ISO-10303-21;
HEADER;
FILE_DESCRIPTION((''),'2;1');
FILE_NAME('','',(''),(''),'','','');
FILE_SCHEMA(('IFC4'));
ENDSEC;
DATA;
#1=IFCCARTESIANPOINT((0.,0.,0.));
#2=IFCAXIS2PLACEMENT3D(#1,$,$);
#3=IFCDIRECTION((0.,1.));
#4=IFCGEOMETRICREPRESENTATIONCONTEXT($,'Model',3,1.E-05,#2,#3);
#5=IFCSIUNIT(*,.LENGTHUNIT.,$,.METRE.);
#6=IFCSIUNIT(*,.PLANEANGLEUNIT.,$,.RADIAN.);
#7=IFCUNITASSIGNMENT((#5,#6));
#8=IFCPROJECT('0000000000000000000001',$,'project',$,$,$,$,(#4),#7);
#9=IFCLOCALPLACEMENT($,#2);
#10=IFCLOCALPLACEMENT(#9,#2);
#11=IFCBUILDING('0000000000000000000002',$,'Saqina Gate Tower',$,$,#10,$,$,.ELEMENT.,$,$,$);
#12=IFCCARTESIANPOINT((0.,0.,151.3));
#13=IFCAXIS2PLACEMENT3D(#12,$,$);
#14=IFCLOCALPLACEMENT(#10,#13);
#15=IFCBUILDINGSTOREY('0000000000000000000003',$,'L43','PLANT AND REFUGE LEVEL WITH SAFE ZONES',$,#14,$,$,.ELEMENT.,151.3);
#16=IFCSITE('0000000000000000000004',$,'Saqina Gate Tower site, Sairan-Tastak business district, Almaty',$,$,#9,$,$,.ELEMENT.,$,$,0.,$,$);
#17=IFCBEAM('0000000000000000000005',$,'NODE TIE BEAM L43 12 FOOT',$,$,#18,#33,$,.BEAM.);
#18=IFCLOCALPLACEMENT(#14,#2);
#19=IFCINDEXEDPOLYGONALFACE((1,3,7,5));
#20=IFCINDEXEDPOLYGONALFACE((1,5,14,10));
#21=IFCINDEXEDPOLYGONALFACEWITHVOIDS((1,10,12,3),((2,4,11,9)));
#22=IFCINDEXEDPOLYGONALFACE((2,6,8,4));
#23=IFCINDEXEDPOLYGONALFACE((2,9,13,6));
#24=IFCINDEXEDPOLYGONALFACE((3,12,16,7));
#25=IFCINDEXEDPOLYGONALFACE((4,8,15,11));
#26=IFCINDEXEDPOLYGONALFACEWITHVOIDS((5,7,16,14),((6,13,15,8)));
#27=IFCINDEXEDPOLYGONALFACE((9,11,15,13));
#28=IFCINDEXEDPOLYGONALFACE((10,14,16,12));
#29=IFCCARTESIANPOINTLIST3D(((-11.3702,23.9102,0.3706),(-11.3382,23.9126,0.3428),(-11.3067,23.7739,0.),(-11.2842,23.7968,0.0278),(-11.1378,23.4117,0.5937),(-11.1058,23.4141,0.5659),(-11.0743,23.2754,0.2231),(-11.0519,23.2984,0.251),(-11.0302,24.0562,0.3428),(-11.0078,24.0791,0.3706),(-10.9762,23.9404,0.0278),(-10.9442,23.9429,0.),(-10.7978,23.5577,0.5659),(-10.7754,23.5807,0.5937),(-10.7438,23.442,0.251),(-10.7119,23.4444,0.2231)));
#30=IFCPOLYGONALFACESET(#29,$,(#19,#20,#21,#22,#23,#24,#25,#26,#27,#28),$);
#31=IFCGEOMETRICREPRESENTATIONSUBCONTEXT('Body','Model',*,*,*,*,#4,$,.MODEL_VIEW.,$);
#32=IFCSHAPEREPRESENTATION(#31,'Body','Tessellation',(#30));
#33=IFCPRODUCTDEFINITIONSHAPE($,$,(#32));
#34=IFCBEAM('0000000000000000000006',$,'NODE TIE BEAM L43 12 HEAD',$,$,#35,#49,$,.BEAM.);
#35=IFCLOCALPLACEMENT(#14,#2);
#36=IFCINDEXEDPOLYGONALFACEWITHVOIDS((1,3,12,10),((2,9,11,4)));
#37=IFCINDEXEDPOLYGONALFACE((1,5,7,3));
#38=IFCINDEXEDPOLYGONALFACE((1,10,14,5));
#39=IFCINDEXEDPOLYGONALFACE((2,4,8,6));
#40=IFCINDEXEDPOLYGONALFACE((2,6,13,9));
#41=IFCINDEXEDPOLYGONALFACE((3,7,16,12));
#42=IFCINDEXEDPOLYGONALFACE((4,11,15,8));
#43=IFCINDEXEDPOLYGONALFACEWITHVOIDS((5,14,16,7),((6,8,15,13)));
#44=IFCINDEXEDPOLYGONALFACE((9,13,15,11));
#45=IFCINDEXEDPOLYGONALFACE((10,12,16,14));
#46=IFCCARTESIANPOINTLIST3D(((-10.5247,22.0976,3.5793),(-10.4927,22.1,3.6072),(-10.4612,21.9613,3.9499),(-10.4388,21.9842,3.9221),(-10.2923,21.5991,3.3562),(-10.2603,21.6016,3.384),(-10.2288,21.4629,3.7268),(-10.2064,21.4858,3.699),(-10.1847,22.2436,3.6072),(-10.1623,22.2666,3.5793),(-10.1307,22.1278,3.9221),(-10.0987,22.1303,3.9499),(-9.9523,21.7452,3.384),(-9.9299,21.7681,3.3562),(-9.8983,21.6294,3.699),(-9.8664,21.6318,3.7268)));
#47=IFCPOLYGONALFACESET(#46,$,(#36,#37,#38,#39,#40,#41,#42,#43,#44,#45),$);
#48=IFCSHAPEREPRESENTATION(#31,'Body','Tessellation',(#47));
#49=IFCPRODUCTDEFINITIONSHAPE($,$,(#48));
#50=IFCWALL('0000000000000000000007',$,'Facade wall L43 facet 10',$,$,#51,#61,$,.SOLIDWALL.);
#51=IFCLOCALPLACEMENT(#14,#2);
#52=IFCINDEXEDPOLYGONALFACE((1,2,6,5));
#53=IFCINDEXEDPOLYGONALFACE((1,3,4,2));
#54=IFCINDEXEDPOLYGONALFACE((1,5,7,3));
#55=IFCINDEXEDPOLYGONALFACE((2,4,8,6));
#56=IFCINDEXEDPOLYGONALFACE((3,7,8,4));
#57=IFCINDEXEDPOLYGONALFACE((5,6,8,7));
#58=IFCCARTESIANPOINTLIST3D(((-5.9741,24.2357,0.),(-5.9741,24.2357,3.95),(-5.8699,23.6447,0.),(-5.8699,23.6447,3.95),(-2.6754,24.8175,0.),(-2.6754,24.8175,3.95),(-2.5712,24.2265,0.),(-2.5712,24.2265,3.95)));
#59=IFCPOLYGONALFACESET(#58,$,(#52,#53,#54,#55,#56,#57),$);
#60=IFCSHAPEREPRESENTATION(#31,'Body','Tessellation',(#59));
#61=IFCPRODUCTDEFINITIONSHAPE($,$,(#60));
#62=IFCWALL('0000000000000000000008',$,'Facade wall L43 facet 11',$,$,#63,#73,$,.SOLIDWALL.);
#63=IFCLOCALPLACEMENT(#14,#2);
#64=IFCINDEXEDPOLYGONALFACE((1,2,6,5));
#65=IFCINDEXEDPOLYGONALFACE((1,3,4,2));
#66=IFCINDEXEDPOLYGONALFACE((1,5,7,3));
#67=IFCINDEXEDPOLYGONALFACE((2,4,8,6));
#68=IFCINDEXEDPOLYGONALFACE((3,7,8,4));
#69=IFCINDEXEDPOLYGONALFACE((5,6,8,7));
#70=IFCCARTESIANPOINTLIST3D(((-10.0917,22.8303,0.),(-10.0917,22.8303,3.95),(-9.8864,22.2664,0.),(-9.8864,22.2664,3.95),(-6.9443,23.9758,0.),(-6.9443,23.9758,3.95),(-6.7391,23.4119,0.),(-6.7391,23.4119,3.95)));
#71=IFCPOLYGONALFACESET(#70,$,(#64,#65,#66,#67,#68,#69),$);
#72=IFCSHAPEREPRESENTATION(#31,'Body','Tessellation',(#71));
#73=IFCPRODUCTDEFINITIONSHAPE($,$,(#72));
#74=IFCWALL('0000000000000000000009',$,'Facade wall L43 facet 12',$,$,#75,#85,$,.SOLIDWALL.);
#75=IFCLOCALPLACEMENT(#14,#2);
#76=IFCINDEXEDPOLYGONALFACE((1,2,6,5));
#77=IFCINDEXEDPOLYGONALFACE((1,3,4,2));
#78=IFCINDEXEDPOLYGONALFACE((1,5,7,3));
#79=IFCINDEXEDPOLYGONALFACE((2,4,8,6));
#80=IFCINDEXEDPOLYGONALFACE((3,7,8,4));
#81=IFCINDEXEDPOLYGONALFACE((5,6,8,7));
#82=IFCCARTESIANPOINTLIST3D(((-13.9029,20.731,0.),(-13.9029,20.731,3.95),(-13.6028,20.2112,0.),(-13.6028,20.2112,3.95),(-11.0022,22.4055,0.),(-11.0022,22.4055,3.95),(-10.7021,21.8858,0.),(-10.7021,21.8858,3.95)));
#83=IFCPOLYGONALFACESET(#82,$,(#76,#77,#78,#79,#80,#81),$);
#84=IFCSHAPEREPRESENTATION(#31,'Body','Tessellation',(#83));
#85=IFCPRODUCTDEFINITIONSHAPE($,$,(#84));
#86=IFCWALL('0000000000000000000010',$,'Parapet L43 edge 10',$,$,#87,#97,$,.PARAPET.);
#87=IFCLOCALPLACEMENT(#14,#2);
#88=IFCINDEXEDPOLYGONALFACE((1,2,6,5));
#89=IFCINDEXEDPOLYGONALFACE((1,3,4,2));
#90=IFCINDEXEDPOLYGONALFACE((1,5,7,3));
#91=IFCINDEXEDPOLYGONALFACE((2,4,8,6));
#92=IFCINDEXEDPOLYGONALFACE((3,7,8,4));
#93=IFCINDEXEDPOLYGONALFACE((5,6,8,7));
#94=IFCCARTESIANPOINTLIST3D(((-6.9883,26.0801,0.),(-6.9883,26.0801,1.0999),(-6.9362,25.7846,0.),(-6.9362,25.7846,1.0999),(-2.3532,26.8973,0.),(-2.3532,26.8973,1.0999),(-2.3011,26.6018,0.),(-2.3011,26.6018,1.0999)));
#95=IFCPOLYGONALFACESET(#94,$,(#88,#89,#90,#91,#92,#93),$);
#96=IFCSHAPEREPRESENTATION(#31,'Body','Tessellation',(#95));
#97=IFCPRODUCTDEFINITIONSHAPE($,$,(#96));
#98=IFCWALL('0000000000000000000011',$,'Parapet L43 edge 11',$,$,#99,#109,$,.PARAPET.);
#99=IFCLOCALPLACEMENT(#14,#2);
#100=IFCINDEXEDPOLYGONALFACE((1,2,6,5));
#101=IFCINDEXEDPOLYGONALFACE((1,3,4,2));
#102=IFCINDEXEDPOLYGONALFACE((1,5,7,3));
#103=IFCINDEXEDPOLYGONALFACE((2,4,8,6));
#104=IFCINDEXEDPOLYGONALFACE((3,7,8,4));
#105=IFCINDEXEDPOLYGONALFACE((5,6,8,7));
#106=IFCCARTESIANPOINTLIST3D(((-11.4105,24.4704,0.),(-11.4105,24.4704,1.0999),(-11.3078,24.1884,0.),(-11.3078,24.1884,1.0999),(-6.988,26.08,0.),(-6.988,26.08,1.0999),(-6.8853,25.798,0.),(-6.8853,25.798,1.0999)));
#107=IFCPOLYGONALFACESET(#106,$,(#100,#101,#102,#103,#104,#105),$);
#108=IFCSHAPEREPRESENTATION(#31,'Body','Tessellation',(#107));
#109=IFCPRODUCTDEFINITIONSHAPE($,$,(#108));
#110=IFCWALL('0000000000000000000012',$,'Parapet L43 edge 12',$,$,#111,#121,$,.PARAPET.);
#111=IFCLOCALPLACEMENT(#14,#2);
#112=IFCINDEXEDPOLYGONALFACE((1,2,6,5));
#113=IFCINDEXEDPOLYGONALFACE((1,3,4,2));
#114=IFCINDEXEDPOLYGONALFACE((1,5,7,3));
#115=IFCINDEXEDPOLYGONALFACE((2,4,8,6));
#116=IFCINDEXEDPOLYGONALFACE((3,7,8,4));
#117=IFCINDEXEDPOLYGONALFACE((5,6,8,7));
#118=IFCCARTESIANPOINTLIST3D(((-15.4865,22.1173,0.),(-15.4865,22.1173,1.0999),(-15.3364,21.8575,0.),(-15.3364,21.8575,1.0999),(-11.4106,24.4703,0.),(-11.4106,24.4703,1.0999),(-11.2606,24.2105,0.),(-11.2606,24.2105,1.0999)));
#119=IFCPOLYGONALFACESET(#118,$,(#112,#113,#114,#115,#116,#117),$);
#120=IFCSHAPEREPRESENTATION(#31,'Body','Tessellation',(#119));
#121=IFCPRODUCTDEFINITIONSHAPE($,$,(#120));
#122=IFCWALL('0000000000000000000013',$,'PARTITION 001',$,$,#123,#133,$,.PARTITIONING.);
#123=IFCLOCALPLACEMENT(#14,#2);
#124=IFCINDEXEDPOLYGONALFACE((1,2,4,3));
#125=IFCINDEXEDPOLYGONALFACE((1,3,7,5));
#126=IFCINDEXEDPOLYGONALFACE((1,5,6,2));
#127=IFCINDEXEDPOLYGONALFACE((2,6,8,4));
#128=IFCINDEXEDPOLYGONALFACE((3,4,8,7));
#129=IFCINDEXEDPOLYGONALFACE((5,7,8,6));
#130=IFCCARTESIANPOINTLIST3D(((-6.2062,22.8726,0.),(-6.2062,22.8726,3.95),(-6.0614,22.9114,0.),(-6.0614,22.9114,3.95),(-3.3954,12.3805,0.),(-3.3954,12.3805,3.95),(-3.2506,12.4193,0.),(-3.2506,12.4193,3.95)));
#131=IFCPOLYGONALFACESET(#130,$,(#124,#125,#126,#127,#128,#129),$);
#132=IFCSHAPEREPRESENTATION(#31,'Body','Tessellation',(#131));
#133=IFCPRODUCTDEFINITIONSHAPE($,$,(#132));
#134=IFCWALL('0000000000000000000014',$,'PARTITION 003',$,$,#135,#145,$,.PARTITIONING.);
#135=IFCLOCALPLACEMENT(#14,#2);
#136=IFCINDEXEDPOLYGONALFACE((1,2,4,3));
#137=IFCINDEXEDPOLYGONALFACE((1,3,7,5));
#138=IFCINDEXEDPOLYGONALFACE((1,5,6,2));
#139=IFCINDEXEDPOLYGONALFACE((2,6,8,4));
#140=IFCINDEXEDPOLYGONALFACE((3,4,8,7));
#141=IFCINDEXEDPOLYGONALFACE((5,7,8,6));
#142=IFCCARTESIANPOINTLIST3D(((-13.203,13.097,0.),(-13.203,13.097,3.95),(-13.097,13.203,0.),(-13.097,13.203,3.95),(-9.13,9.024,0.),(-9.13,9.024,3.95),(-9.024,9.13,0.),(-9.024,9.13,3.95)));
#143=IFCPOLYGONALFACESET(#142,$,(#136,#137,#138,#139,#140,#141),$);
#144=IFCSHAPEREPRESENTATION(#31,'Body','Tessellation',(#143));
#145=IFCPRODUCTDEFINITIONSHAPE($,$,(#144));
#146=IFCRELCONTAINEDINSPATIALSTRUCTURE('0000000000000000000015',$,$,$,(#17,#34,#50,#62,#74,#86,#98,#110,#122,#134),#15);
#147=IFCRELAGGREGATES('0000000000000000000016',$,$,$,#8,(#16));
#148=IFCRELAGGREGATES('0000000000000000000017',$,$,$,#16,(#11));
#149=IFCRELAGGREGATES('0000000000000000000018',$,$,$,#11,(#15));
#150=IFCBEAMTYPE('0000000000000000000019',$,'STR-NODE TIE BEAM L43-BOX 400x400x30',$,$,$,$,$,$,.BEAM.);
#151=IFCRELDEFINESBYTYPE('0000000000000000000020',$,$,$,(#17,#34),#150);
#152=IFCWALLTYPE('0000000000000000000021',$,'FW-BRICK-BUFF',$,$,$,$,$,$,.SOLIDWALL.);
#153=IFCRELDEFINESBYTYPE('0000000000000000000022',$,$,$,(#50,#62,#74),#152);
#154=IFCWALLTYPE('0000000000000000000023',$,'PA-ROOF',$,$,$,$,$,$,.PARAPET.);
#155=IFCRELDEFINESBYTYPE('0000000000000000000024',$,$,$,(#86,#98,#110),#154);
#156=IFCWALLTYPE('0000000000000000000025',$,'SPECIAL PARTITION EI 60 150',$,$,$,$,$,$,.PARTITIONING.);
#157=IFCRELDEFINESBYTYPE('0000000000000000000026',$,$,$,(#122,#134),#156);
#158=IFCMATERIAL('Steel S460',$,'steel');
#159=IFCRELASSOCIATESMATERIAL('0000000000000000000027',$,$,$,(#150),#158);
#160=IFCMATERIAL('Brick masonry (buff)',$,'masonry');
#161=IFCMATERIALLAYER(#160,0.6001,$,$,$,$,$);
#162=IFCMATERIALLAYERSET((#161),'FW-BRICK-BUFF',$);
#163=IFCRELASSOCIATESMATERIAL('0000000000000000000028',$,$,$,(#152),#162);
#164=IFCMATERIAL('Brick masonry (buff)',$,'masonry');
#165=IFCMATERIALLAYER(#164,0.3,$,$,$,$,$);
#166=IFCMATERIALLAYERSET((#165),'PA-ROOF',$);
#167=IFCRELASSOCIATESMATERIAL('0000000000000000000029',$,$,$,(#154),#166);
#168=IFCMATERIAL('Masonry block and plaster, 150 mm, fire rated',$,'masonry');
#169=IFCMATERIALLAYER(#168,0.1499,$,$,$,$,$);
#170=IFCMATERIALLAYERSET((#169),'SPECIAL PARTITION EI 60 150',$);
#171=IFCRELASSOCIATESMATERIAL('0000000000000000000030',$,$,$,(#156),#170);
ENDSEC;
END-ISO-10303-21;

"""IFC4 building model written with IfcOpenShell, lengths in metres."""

from ifc_helpers import new_model, si_unit, direction, frame, frame_2d, origin, origin_2d, place, context, subcontext, project, spatial, rectangle, hollow_rectangle, extrude, material, layer, layer_set, material_profile, profile_set, type_object, element, save


model = new_model("IFC4")

# Units and contexts
model_context = context("Model", 3, precision=1e-05, world=origin(), true_north=direction((0.0, 1.0)))
body_context = subcontext(model_context, "Body", "Model", "MODEL_VIEW")
ifc_project = project(units=[si_unit("LENGTHUNIT", "METRE"), si_unit("PLANEANGLEUNIT", "RADIAN")], contexts=[model_context])

# Site, building, storey
site_placement = place(None, origin())
site = spatial("IfcSite", under=ifc_project, at=site_placement, Name="Saqina Gate Tower site, Sairan-Tastak business district, Almaty", CompositionType="ELEMENT", RefElevation=0.0)
building_placement = place(site_placement, origin())
building = spatial("IfcBuilding", under=site, at=building_placement, Name="Saqina Gate Tower", CompositionType="ELEMENT")
storey_placement = place(building_placement, frame((0.0, 0.0, 151.3)))
storey = spatial("IfcBuildingStorey", under=building, at=storey_placement, Name="L43", Description="PLANT AND REFUGE LEVEL WITH SAFE ZONES", CompositionType="ELEMENT", Elevation=151.3)

# Beams
ifc_material_1 = material(Name="Steel S460", Category="steel")
ifc_material_profile_1 = material_profile(ifc_material_1, hollow_rectangle(XDim=0.3999, YDim=0.3999, WallThickness=0.03, at=origin_2d()), Name="BOX 400x400x30")
ifc_profile_set_1 = profile_set([ifc_material_profile_1], Name="Steel S460")
beam_type = type_object("IfcBeamType", Name="STR-NODE TIE BEAM L43-BOX 400x400x30", PredefinedType="BEAM", material=ifc_profile_set_1)
for number, where, z_axis, x_axis, name in (
    (1, (-11.1572, 23.9265, 0.1853), (0.391552, -0.839863, 0.375923), (0.906342, 0.422545, 0.0), "NODE TIE BEAM L43 12 FOOT"),
    (2, (-10.0793, 21.6155, 3.5415), (-0.391552, 0.839863, 0.375923), (-0.906342, -0.422545, 0.0), "NODE TIE BEAM L43 12 HEAD"),
):
    element("IfcBeam", number, at=place(storey_placement, frame(where, z_axis=z_axis, x_axis=x_axis)), inside=storey, type_object=beam_type, Name=name, PredefinedType="BEAM", context=body_context, shape_type="SweptSolid", body=[
        extrude(hollow_rectangle(XDim=0.3999, YDim=0.3999, WallThickness=0.03, at=origin_2d()), origin(), (0.0, 0.0, 1.0), 0.5935),
    ])

# Walls
ifc_material_2 = material(Name="Brick masonry (buff)", Category="masonry")
ifc_layer_1 = layer(ifc_material_2, 0.6001)
ifc_layer_set_1 = layer_set([ifc_layer_1], Name="FW-BRICK-BUFF")
wall_type_1 = type_object("IfcWallType", Name="FW-BRICK-BUFF", PredefinedType="SOLIDWALL", material=ifc_layer_set_1)
wall_1_placement = place(storey_placement, frame((-2.6233, 24.522, 0.0), z_axis=(0.0, 0.0, 1.0), x_axis=(-0.9848, -0.173694, 0.0)))
element("IfcWall", 3, at=wall_1_placement, inside=storey, type_object=wall_type_1, Name="Facade wall L43 facet 10", PredefinedType="SOLIDWALL", context=body_context, shape_type="SweptSolid", body=[
    extrude(rectangle(XDim=3.3496, YDim=0.6001, at=frame_2d((1.6748, 0.0))), origin(), (0.0, 0.0, 1.0), 3.95),
])
for number, where, z_axis, x_axis, name in (
    (4, (-6.8416, 23.6938, 0.0), (0.0, 0.0, 1.0), (-0.9397, -0.342001, 0.0), "Facade wall L43 facet 11"),
    (5, (-10.8521, 22.1458, 0.0), (0.0, 0.0, 1.0), (-0.866041, -0.499973, 0.0), "Facade wall L43 facet 12"),
):
    element("IfcWall", number, at=place(storey_placement, frame(where, z_axis=z_axis, x_axis=x_axis)), inside=storey, type_object=wall_type_1, Name=name, PredefinedType="SOLIDWALL", context=body_context, shape_type="SweptSolid", body=[
        extrude(rectangle(XDim=3.3494, YDim=0.6001, at=frame_2d((1.6748, 0.0))), origin(), (0.0, 0.0, 1.0), 3.95),
    ])
ifc_material_3 = material(Name="Brick masonry (buff)", Category="masonry")
ifc_layer_2 = layer(ifc_material_3, 0.3)
ifc_layer_set_2 = layer_set([ifc_layer_2], Name="PA-ROOF")
wall_type_2 = type_object("IfcWallType", Name="PA-ROOF", PredefinedType="PARAPET", material=ifc_layer_set_2)
wall_2_placement = place(storey_placement, frame((-2.3271, 26.7495, 0.0), z_axis=(0.0, 0.0, 1.0), x_axis=(-0.984813, -0.17362, 0.0)))
element("IfcWall", 6, at=wall_2_placement, inside=storey, type_object=wall_type_2, Name="Parapet L43 edge 10", PredefinedType="PARAPET", context=body_context, shape_type="SweptSolid", body=[
    extrude(rectangle(XDim=4.7065, YDim=0.3, at=frame_2d((2.3533, 0.0))), origin(), (0.0, 0.0, 1.0), 1.0999),
])
for number, where, z_axis, x_axis, name in (
    (7, (-6.9368, 25.939, 0.0), (0.0, 0.0, 1.0), (-0.939698, -0.342005, 0.0), "Parapet L43 edge 11"),
    (8, (-11.3357, 24.3403, 0.0), (0.0, 0.0, 1.0), (-0.866045, -0.499966, 0.0), "Parapet L43 edge 12"),
):
    element("IfcWall", number, at=place(storey_placement, frame(where, z_axis=z_axis, x_axis=x_axis)), inside=storey, type_object=wall_type_2, Name=name, PredefinedType="PARAPET", context=body_context, shape_type="SweptSolid", body=[
        extrude(rectangle(XDim=4.7063, YDim=0.3, at=frame_2d((2.353, 0.0))), origin(), (0.0, 0.0, 1.0), 1.0999),
    ])
ifc_material_4 = material(Name="Masonry block and plaster, 150 mm, fire rated", Category="masonry")
ifc_layer_3 = layer(ifc_material_4, 0.1499)
ifc_layer_set_3 = layer_set([ifc_layer_3], Name="SPECIAL PARTITION EI 60 150")
wall_type_3 = type_object("IfcWallType", Name="SPECIAL PARTITION EI 60 150", PredefinedType="PARTITIONING", material=ifc_layer_set_3)
wall_3_placement = place(storey_placement, frame((-6.1338, 22.8921, 0.0), z_axis=(0.0, 0.0, 1.0), x_axis=(0.258769, -0.965939, 0.0)))
element("IfcWall", 9, at=wall_3_placement, inside=storey, type_object=wall_type_3, Name="PARTITION 001", PredefinedType="PARTITIONING", context=body_context, shape_type="SweptSolid", body=[
    extrude(rectangle(XDim=10.8621, YDim=0.1499, at=frame_2d((5.4312, 0.0))), origin(), (0.0, 0.0, 1.0), 3.95),
])
wall_4_placement = place(storey_placement, frame((-13.1499, 13.1499, 0.0), z_axis=(0.0, 0.0, 1.0), x_axis=(0.707107, -0.707107, 0.0)))
element("IfcWall", 10, at=wall_4_placement, inside=storey, type_object=wall_type_3, Name="PARTITION 003", PredefinedType="PARTITIONING", context=body_context, shape_type="SweptSolid", body=[
    extrude(rectangle(XDim=5.76, YDim=0.1499, at=frame_2d((2.8799, 0.0))), origin(), (0.0, 0.0, 1.0), 3.95),
])

save(model, "model.ifc")
